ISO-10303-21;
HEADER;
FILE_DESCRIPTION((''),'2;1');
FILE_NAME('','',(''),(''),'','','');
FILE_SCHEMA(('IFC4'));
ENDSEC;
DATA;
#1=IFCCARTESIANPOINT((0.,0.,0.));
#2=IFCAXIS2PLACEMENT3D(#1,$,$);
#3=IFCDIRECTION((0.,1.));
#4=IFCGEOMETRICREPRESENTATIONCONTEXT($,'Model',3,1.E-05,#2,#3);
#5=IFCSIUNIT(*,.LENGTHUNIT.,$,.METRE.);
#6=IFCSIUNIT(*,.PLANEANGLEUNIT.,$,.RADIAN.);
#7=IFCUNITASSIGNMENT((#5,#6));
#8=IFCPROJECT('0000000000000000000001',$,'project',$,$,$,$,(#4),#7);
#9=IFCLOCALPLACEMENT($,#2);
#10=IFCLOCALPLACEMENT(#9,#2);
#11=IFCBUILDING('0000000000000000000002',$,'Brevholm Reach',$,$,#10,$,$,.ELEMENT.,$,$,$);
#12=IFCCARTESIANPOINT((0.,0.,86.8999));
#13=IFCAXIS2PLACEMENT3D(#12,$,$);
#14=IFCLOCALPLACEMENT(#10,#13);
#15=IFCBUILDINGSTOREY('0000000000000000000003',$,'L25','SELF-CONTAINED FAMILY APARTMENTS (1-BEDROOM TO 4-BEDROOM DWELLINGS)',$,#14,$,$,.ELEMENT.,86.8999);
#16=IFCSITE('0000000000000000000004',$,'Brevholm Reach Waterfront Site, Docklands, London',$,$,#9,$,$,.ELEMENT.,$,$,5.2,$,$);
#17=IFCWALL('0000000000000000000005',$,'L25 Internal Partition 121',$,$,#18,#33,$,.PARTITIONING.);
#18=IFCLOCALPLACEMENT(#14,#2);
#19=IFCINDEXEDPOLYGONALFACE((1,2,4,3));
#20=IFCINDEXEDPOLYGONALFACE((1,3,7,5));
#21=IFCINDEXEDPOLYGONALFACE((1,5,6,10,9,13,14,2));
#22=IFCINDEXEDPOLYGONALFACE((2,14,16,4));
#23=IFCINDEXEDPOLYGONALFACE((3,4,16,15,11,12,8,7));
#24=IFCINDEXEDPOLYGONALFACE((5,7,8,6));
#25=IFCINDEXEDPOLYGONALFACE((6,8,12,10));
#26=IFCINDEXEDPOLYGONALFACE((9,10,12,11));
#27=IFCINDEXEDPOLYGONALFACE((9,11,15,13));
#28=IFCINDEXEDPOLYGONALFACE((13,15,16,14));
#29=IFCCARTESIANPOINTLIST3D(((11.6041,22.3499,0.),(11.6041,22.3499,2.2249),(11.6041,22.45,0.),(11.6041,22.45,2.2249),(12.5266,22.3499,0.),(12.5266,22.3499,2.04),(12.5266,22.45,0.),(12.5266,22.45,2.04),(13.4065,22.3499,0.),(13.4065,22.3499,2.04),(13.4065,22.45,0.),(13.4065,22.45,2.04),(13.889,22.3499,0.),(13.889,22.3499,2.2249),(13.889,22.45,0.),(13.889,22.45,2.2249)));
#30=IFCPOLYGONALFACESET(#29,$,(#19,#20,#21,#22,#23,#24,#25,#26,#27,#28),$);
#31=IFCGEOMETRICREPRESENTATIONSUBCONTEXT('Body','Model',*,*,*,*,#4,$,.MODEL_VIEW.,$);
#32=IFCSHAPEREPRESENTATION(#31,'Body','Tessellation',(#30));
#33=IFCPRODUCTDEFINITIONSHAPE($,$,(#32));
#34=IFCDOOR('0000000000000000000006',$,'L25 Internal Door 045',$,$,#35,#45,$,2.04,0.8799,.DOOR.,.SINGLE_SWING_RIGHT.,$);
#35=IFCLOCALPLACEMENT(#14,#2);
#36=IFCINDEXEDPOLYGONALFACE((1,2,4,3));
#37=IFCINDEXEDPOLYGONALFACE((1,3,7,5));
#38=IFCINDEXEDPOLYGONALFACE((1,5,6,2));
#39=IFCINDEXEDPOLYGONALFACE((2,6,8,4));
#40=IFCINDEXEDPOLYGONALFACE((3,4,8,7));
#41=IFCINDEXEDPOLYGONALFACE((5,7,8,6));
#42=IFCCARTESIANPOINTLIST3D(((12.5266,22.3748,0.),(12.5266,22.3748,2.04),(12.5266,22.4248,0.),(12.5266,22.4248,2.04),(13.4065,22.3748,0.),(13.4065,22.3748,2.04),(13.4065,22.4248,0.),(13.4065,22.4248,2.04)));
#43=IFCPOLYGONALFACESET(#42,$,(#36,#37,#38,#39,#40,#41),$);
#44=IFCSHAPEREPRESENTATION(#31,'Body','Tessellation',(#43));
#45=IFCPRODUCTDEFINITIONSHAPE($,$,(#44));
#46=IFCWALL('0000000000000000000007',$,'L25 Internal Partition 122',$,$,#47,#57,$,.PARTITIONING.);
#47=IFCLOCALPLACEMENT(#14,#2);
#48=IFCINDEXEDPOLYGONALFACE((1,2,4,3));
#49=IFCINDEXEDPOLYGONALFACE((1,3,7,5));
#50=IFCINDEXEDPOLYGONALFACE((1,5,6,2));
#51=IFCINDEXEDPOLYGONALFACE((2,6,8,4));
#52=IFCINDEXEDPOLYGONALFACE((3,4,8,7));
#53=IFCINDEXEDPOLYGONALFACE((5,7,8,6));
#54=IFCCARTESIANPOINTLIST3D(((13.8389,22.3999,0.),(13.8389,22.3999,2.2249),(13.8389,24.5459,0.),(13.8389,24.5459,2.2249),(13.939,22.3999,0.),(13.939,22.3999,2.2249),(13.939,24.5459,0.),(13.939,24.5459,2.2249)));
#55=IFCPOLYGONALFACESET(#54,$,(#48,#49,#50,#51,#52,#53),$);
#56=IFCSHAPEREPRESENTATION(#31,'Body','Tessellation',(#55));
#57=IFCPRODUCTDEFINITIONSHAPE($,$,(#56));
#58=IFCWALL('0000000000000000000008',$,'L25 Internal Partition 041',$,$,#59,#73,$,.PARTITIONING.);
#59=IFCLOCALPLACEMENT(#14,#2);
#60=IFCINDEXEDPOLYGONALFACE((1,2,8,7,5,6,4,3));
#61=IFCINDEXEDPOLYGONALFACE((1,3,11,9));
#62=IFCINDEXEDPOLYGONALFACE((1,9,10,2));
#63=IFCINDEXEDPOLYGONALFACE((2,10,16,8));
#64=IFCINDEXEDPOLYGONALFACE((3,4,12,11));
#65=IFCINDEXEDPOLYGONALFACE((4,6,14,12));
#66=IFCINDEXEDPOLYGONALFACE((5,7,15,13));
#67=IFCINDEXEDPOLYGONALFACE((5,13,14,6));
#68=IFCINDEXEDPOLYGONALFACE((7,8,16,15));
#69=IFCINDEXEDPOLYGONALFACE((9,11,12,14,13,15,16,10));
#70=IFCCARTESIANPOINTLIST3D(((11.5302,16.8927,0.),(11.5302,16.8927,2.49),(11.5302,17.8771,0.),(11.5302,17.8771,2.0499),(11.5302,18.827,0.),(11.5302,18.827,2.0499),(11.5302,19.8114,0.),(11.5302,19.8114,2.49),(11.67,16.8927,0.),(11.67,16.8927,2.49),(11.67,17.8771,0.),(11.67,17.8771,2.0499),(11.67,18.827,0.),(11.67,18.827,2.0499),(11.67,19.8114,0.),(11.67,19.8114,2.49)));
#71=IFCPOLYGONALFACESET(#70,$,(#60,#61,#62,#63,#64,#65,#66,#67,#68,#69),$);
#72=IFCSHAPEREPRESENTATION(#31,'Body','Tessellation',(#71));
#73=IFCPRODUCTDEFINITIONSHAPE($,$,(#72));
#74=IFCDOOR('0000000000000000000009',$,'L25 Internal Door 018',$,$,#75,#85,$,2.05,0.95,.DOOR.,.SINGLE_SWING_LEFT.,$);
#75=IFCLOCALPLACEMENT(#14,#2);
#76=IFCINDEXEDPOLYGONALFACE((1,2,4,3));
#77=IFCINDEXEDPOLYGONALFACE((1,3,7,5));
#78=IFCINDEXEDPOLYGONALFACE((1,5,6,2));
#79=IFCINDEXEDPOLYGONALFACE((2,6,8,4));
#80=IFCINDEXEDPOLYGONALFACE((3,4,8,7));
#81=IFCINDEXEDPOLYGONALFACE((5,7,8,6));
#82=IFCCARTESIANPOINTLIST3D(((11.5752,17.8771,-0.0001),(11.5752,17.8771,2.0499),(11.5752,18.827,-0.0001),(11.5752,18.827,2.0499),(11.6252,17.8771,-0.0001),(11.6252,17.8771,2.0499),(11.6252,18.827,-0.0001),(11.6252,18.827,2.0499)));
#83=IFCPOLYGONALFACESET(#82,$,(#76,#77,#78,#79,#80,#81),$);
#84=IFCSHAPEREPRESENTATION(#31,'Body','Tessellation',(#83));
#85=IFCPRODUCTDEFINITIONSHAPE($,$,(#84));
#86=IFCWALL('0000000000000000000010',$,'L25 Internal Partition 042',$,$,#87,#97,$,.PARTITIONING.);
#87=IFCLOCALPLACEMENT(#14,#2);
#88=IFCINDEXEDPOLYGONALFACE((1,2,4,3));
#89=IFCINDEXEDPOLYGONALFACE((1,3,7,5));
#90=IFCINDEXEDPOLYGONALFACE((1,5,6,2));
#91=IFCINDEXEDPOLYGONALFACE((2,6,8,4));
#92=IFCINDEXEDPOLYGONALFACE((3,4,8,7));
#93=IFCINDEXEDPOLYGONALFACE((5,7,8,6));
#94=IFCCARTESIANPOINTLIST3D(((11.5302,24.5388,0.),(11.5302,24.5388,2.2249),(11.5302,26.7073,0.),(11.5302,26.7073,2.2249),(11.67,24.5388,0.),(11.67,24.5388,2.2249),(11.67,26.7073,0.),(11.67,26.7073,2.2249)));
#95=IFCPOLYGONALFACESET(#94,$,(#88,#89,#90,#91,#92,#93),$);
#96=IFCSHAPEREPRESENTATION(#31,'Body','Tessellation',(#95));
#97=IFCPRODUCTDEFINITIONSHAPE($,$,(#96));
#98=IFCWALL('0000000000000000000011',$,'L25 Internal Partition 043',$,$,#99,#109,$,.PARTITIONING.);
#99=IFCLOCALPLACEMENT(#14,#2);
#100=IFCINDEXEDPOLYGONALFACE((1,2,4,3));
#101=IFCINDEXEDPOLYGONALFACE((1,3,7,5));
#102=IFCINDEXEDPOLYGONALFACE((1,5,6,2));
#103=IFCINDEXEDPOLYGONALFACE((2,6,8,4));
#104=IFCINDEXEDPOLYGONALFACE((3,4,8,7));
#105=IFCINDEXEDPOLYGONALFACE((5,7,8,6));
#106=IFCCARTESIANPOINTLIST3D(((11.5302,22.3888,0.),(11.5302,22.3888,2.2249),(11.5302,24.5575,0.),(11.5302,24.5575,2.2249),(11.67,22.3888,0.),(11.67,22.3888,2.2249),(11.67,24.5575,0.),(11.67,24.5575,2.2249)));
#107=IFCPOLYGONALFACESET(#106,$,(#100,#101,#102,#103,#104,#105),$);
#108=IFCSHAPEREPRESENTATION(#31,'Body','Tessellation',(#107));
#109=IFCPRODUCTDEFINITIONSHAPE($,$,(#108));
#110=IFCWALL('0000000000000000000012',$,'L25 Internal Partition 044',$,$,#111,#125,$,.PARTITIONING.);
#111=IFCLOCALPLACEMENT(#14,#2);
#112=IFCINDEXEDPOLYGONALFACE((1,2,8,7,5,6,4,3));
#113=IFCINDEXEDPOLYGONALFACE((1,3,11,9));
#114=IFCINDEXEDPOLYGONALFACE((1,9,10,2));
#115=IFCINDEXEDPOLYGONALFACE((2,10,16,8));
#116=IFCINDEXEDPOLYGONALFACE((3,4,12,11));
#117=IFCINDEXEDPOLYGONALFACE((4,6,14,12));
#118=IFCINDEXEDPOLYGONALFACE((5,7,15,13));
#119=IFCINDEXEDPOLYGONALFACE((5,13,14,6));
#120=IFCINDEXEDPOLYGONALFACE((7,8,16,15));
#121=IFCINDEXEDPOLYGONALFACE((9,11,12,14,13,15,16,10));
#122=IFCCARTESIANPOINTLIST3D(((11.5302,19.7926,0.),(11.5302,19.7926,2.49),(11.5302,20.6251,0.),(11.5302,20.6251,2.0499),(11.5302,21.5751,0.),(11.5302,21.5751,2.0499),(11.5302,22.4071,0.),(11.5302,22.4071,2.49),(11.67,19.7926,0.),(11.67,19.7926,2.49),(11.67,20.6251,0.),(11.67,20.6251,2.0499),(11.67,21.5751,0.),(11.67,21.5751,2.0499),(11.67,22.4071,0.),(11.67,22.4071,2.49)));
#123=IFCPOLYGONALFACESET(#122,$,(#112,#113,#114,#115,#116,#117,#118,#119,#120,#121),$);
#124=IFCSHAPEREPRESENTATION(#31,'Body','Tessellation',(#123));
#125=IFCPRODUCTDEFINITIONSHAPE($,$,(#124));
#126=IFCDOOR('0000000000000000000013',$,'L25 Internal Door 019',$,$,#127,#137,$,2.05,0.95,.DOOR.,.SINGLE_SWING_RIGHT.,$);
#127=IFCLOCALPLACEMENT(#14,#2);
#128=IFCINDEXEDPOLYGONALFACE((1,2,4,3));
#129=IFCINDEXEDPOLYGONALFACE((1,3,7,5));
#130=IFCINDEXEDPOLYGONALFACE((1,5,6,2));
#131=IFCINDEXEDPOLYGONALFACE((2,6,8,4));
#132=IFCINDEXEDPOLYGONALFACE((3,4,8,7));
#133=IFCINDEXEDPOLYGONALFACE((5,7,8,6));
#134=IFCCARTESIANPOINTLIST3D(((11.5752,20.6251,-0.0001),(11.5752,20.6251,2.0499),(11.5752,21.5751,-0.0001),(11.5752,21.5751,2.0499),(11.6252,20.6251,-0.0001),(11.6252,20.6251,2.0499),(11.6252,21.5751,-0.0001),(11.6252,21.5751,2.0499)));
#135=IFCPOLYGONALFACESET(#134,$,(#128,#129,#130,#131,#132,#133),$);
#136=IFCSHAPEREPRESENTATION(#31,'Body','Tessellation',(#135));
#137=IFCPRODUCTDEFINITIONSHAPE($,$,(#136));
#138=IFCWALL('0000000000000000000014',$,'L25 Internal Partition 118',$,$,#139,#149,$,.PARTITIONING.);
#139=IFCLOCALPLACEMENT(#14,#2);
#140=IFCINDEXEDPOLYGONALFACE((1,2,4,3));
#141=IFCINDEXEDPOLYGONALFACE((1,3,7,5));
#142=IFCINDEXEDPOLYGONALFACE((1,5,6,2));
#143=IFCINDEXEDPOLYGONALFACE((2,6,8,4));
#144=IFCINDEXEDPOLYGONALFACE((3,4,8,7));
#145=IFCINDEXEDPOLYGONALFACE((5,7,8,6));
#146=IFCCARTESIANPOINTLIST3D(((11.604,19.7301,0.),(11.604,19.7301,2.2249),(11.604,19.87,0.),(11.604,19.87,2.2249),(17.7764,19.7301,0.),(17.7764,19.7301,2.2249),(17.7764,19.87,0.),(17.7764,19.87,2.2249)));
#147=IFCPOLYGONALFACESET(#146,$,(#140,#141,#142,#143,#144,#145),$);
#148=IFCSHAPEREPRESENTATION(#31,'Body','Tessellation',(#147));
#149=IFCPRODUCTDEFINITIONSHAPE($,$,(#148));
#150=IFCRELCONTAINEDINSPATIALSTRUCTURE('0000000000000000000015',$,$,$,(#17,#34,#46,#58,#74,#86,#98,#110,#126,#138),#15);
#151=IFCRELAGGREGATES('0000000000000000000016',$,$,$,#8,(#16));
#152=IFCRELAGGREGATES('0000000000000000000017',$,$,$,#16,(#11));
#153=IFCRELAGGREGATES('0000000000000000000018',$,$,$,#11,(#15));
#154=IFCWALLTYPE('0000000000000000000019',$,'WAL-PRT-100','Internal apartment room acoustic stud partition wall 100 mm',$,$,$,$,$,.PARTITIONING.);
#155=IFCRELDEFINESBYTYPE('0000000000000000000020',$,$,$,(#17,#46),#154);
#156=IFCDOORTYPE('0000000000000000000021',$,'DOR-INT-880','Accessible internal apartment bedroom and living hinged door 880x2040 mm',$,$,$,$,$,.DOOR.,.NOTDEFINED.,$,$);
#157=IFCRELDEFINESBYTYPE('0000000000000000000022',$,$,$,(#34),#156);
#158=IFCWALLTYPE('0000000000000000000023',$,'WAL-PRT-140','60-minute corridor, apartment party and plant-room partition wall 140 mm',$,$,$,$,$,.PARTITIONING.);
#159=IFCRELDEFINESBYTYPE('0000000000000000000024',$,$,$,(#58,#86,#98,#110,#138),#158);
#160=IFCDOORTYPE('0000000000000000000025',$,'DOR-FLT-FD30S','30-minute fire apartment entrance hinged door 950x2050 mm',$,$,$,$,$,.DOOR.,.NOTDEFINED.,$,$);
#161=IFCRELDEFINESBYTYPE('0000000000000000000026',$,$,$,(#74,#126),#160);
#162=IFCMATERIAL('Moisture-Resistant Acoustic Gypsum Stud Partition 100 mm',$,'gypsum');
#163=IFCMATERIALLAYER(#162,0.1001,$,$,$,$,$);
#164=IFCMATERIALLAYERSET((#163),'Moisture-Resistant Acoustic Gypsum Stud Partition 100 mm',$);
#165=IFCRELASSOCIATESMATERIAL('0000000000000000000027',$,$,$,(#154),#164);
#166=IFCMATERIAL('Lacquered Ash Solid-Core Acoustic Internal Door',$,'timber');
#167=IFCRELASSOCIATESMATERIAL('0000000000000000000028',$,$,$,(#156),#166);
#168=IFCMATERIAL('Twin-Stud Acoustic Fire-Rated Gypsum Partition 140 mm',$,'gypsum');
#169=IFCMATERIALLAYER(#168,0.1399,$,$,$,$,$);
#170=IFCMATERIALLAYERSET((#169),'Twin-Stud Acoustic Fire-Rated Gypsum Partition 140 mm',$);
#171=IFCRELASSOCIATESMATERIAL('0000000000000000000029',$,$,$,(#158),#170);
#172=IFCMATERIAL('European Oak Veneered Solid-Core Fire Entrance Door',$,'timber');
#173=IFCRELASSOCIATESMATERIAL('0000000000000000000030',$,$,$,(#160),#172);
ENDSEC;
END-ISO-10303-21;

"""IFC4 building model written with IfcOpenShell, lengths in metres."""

from ifc_helpers import new_model, si_unit, direction, frame, frame_2d, origin, place, context, subcontext, project, spatial, rectangle, extrude, material, layer, layer_set, type_object, element, fill, save


model = new_model("IFC4")

# Units and contexts
model_context = context("Model", 3, precision=1e-05, world=origin(), true_north=direction((0.0, 1.0)))
body_context = subcontext(model_context, "Body", "Model", "MODEL_VIEW")
ifc_project = project(units=[si_unit("LENGTHUNIT", "METRE"), si_unit("PLANEANGLEUNIT", "RADIAN")], contexts=[model_context])

# Site, building, storey
site_placement = place(None, origin())
site = spatial("IfcSite", under=ifc_project, at=site_placement, Name="Brevholm Reach Waterfront Site, Docklands, London", CompositionType="ELEMENT", RefElevation=5.2)
building_placement = place(site_placement, origin())
building = spatial("IfcBuilding", under=site, at=building_placement, Name="Brevholm Reach", CompositionType="ELEMENT")
storey_placement = place(building_placement, frame((0.0, 0.0, 86.8999)))
storey = spatial("IfcBuildingStorey", under=building, at=storey_placement, Name="L25", Description="SELF-CONTAINED FAMILY APARTMENTS (1-BEDROOM TO 4-BEDROOM DWELLINGS)", CompositionType="ELEMENT", Elevation=86.8999)

# Shared definitions
ifc_material_1 = material(Name="Moisture-Resistant Acoustic Gypsum Stud Partition 100 mm", Category="gypsum")
ifc_layer_1 = layer(ifc_material_1, 0.1001)
ifc_layer_set_1 = layer_set([ifc_layer_1], Name="Moisture-Resistant Acoustic Gypsum Stud Partition 100 mm")
wall_type_1 = type_object("IfcWallType", Name="WAL-PRT-100", Description="Internal apartment room acoustic stud partition wall 100 mm", PredefinedType="PARTITIONING", material=ifc_layer_set_1)
ifc_material_2 = material(Name="Lacquered Ash Solid-Core Acoustic Internal Door", Category="timber")
door_type_1 = type_object("IfcDoorType", Name="DOR-INT-880", Description="Accessible internal apartment bedroom and living hinged door 880x2040 mm", OperationType="NOTDEFINED", PredefinedType="DOOR", material=ifc_material_2)

# Wall, opening, door
wall_1_placement = place(storey_placement, frame((11.604, 22.3999, 0.0), z_axis=(0.0, 0.0, 1.0), x_axis=(1.0, 0.0, 0.0)))
wall_1 = element("IfcWall", 1, at=wall_1_placement, inside=storey, type_object=wall_type_1, Name="L25 Internal Partition 121", PredefinedType="PARTITIONING", context=body_context, shape_type="SweptSolid", body=[
    extrude(rectangle(XDim=2.2849, YDim=0.1001, at=frame_2d((1.1426, 0.0))), origin(), (0.0, 0.0, 1.0), 2.2249),
])
opening_1_placement = place(wall_1_placement, frame((0.9226, 0.0, 0.0)))
opening_1 = element("IfcOpeningElement", 2, at=opening_1_placement, cuts=wall_1, PredefinedType="OPENING", context=body_context, shape_type="SweptSolid", body=[
    extrude(rectangle(XDim=0.8799, YDim=2.04, at=frame_2d((0.4399, 1.02))), frame((0.0, 0.0601, 0.0), z_axis=(0.0, -1.0, 0.0), x_axis=(1.0, 0.0, 0.0)), (0.0, 0.0, 1.0), 0.1201),
])
door_1_placement = place(opening_1_placement, origin())
door_1 = element("IfcDoor", 3, at=door_1_placement, inside=storey, type_object=door_type_1, Name="L25 Internal Door 045", OperationType="SINGLE_SWING_RIGHT", OverallHeight=2.04, OverallWidth=0.8799, PredefinedType="DOOR", context=body_context, shape_type="SweptSolid", body=[
    extrude(rectangle(XDim=0.8799, YDim=2.04, at=frame_2d((0.4399, 1.02))), frame((0.0, 0.0249, 0.0), z_axis=(0.0, -1.0, 0.0), x_axis=(1.0, 0.0, 0.0)), (0.0, 0.0, 1.0), 0.05),
])
fill(opening_1, door_1)

# Wall
wall_2_placement = place(storey_placement, frame((13.8889, 22.3999, 0.0), z_axis=(0.0, 0.0, 1.0), x_axis=(0.0, 1.0, 0.0)))
element("IfcWall", 4, at=wall_2_placement, inside=storey, type_object=wall_type_1, Name="L25 Internal Partition 122", PredefinedType="PARTITIONING", context=body_context, shape_type="SweptSolid", body=[
    extrude(rectangle(XDim=2.146, YDim=0.1001, at=frame_2d((1.073, 0.0))), origin(), (0.0, 0.0, 1.0), 2.2249),
])

# Wall, opening, door
ifc_material_3 = material(Name="Twin-Stud Acoustic Fire-Rated Gypsum Partition 140 mm", Category="gypsum")
ifc_layer_2 = layer(ifc_material_3, 0.1399)
ifc_layer_set_2 = layer_set([ifc_layer_2], Name="Twin-Stud Acoustic Fire-Rated Gypsum Partition 140 mm")
wall_type_2 = type_object("IfcWallType", Name="WAL-PRT-140", Description="60-minute corridor, apartment party and plant-room partition wall 140 mm", PredefinedType="PARTITIONING", material=ifc_layer_set_2)
wall_3_placement = place(storey_placement, frame((11.6001, 16.8926, 0.0), z_axis=(0.0, 0.0, 1.0), x_axis=(0.0, 1.0, 0.0)))
wall_3 = element("IfcWall", 5, at=wall_3_placement, inside=storey, type_object=wall_type_2, Name="L25 Internal Partition 041", PredefinedType="PARTITIONING", context=body_context, shape_type="SweptSolid", body=[
    extrude(rectangle(XDim=2.9187, YDim=0.1399, at=frame_2d((1.4595, 0.0))), origin(), (0.0, 0.0, 1.0), 2.49),
])
opening_2_placement = place(wall_3_placement, frame((0.9844, 0.0, 0.0)))
opening_2 = element("IfcOpeningElement", 6, at=opening_2_placement, cuts=wall_3, PredefinedType="OPENING", context=body_context, shape_type="SweptSolid", body=[
    extrude(rectangle(XDim=0.95, YDim=2.05, at=frame_2d((0.4751, 1.0249))), frame((0.0, 0.0798, 0.0), z_axis=(0.0, -1.0, 0.0), x_axis=(1.0, 0.0, 0.0)), (0.0, 0.0, 1.0), 0.1599),
])
ifc_material_4 = material(Name="European Oak Veneered Solid-Core Fire Entrance Door", Category="timber")
door_type_2 = type_object("IfcDoorType", Name="DOR-FLT-FD30S", Description="30-minute fire apartment entrance hinged door 950x2050 mm", OperationType="NOTDEFINED", PredefinedType="DOOR", material=ifc_material_4)
door_2_placement = place(opening_2_placement, origin())
door_2 = element("IfcDoor", 7, at=door_2_placement, inside=storey, type_object=door_type_2, Name="L25 Internal Door 018", OperationType="SINGLE_SWING_LEFT", OverallHeight=2.05, OverallWidth=0.95, PredefinedType="DOOR", context=body_context, shape_type="SweptSolid", body=[
    extrude(rectangle(XDim=0.95, YDim=2.05, at=frame_2d((0.4751, 1.0249))), frame((0.0, 0.0249, 0.0), z_axis=(0.0, -1.0, 0.0), x_axis=(1.0, 0.0, 0.0)), (0.0, 0.0, 1.0), 0.05),
])
fill(opening_2, door_2)

# Walls
wall_4_placement = place(storey_placement, frame((11.6001, 24.5388, 0.0), z_axis=(0.0, 0.0, 1.0), x_axis=(0.0, 1.0, 0.0)))
element("IfcWall", 8, at=wall_4_placement, inside=storey, type_object=wall_type_2, Name="L25 Internal Partition 042", PredefinedType="PARTITIONING", context=body_context, shape_type="SweptSolid", body=[
    extrude(rectangle(XDim=2.1685, YDim=0.1399, at=frame_2d((1.0842, 0.0))), origin(), (0.0, 0.0, 1.0), 2.2249),
])
wall_5_placement = place(storey_placement, frame((11.6001, 22.3887, 0.0), z_axis=(0.0, 0.0, 1.0), x_axis=(0.0, 1.0, 0.0)))
element("IfcWall", 9, at=wall_5_placement, inside=storey, type_object=wall_type_2, Name="L25 Internal Partition 043", PredefinedType="PARTITIONING", context=body_context, shape_type="SweptSolid", body=[
    extrude(rectangle(XDim=2.1687, YDim=0.1399, at=frame_2d((1.0845, 0.0))), origin(), (0.0, 0.0, 1.0), 2.2249),
])

# Wall, opening, door
wall_6_placement = place(storey_placement, frame((11.6001, 19.7927, 0.0), z_axis=(0.0, 0.0, 1.0), x_axis=(0.0, 1.0, 0.0)))
wall_6 = element("IfcWall", 10, at=wall_6_placement, inside=storey, type_object=wall_type_2, Name="L25 Internal Partition 044", PredefinedType="PARTITIONING", context=body_context, shape_type="SweptSolid", body=[
    extrude(rectangle(XDim=2.6145, YDim=0.1399, at=frame_2d((1.3071, 0.0))), origin(), (0.0, 0.0, 1.0), 2.49),
])
opening_3_placement = place(wall_6_placement, frame((0.8323, 0.0, 0.0)))
opening_3 = element("IfcOpeningElement", 11, at=opening_3_placement, cuts=wall_6, PredefinedType="OPENING", context=body_context, shape_type="SweptSolid", body=[
    extrude(rectangle(XDim=0.95, YDim=2.05, at=frame_2d((0.4751, 1.0249))), frame((0.0, 0.0798, 0.0), z_axis=(0.0, -1.0, 0.0), x_axis=(1.0, 0.0, 0.0)), (0.0, 0.0, 1.0), 0.1599),
])
door_3_placement = place(opening_3_placement, origin())
door_3 = element("IfcDoor", 12, at=door_3_placement, inside=storey, type_object=door_type_2, Name="L25 Internal Door 019", OperationType="SINGLE_SWING_RIGHT", OverallHeight=2.05, OverallWidth=0.95, PredefinedType="DOOR", context=body_context, shape_type="SweptSolid", body=[
    extrude(rectangle(XDim=0.95, YDim=2.05, at=frame_2d((0.4751, 1.0249))), frame((0.0, 0.0249, 0.0), z_axis=(0.0, -1.0, 0.0), x_axis=(1.0, 0.0, 0.0)), (0.0, 0.0, 1.0), 0.05),
])
fill(opening_3, door_3)

# Wall
wall_7_placement = place(storey_placement, frame((11.604, 19.8, 0.0), z_axis=(0.0, 0.0, 1.0), x_axis=(1.0, 0.0, 0.0)))
element("IfcWall", 13, at=wall_7_placement, inside=storey, type_object=wall_type_2, Name="L25 Internal Partition 118", PredefinedType="PARTITIONING", context=body_context, shape_type="SweptSolid", body=[
    extrude(rectangle(XDim=6.1724, YDim=0.1399, at=frame_2d((3.0862, 0.0))), origin(), (0.0, 0.0, 1.0), 2.2249),
])

save(model, "model.ifc")
